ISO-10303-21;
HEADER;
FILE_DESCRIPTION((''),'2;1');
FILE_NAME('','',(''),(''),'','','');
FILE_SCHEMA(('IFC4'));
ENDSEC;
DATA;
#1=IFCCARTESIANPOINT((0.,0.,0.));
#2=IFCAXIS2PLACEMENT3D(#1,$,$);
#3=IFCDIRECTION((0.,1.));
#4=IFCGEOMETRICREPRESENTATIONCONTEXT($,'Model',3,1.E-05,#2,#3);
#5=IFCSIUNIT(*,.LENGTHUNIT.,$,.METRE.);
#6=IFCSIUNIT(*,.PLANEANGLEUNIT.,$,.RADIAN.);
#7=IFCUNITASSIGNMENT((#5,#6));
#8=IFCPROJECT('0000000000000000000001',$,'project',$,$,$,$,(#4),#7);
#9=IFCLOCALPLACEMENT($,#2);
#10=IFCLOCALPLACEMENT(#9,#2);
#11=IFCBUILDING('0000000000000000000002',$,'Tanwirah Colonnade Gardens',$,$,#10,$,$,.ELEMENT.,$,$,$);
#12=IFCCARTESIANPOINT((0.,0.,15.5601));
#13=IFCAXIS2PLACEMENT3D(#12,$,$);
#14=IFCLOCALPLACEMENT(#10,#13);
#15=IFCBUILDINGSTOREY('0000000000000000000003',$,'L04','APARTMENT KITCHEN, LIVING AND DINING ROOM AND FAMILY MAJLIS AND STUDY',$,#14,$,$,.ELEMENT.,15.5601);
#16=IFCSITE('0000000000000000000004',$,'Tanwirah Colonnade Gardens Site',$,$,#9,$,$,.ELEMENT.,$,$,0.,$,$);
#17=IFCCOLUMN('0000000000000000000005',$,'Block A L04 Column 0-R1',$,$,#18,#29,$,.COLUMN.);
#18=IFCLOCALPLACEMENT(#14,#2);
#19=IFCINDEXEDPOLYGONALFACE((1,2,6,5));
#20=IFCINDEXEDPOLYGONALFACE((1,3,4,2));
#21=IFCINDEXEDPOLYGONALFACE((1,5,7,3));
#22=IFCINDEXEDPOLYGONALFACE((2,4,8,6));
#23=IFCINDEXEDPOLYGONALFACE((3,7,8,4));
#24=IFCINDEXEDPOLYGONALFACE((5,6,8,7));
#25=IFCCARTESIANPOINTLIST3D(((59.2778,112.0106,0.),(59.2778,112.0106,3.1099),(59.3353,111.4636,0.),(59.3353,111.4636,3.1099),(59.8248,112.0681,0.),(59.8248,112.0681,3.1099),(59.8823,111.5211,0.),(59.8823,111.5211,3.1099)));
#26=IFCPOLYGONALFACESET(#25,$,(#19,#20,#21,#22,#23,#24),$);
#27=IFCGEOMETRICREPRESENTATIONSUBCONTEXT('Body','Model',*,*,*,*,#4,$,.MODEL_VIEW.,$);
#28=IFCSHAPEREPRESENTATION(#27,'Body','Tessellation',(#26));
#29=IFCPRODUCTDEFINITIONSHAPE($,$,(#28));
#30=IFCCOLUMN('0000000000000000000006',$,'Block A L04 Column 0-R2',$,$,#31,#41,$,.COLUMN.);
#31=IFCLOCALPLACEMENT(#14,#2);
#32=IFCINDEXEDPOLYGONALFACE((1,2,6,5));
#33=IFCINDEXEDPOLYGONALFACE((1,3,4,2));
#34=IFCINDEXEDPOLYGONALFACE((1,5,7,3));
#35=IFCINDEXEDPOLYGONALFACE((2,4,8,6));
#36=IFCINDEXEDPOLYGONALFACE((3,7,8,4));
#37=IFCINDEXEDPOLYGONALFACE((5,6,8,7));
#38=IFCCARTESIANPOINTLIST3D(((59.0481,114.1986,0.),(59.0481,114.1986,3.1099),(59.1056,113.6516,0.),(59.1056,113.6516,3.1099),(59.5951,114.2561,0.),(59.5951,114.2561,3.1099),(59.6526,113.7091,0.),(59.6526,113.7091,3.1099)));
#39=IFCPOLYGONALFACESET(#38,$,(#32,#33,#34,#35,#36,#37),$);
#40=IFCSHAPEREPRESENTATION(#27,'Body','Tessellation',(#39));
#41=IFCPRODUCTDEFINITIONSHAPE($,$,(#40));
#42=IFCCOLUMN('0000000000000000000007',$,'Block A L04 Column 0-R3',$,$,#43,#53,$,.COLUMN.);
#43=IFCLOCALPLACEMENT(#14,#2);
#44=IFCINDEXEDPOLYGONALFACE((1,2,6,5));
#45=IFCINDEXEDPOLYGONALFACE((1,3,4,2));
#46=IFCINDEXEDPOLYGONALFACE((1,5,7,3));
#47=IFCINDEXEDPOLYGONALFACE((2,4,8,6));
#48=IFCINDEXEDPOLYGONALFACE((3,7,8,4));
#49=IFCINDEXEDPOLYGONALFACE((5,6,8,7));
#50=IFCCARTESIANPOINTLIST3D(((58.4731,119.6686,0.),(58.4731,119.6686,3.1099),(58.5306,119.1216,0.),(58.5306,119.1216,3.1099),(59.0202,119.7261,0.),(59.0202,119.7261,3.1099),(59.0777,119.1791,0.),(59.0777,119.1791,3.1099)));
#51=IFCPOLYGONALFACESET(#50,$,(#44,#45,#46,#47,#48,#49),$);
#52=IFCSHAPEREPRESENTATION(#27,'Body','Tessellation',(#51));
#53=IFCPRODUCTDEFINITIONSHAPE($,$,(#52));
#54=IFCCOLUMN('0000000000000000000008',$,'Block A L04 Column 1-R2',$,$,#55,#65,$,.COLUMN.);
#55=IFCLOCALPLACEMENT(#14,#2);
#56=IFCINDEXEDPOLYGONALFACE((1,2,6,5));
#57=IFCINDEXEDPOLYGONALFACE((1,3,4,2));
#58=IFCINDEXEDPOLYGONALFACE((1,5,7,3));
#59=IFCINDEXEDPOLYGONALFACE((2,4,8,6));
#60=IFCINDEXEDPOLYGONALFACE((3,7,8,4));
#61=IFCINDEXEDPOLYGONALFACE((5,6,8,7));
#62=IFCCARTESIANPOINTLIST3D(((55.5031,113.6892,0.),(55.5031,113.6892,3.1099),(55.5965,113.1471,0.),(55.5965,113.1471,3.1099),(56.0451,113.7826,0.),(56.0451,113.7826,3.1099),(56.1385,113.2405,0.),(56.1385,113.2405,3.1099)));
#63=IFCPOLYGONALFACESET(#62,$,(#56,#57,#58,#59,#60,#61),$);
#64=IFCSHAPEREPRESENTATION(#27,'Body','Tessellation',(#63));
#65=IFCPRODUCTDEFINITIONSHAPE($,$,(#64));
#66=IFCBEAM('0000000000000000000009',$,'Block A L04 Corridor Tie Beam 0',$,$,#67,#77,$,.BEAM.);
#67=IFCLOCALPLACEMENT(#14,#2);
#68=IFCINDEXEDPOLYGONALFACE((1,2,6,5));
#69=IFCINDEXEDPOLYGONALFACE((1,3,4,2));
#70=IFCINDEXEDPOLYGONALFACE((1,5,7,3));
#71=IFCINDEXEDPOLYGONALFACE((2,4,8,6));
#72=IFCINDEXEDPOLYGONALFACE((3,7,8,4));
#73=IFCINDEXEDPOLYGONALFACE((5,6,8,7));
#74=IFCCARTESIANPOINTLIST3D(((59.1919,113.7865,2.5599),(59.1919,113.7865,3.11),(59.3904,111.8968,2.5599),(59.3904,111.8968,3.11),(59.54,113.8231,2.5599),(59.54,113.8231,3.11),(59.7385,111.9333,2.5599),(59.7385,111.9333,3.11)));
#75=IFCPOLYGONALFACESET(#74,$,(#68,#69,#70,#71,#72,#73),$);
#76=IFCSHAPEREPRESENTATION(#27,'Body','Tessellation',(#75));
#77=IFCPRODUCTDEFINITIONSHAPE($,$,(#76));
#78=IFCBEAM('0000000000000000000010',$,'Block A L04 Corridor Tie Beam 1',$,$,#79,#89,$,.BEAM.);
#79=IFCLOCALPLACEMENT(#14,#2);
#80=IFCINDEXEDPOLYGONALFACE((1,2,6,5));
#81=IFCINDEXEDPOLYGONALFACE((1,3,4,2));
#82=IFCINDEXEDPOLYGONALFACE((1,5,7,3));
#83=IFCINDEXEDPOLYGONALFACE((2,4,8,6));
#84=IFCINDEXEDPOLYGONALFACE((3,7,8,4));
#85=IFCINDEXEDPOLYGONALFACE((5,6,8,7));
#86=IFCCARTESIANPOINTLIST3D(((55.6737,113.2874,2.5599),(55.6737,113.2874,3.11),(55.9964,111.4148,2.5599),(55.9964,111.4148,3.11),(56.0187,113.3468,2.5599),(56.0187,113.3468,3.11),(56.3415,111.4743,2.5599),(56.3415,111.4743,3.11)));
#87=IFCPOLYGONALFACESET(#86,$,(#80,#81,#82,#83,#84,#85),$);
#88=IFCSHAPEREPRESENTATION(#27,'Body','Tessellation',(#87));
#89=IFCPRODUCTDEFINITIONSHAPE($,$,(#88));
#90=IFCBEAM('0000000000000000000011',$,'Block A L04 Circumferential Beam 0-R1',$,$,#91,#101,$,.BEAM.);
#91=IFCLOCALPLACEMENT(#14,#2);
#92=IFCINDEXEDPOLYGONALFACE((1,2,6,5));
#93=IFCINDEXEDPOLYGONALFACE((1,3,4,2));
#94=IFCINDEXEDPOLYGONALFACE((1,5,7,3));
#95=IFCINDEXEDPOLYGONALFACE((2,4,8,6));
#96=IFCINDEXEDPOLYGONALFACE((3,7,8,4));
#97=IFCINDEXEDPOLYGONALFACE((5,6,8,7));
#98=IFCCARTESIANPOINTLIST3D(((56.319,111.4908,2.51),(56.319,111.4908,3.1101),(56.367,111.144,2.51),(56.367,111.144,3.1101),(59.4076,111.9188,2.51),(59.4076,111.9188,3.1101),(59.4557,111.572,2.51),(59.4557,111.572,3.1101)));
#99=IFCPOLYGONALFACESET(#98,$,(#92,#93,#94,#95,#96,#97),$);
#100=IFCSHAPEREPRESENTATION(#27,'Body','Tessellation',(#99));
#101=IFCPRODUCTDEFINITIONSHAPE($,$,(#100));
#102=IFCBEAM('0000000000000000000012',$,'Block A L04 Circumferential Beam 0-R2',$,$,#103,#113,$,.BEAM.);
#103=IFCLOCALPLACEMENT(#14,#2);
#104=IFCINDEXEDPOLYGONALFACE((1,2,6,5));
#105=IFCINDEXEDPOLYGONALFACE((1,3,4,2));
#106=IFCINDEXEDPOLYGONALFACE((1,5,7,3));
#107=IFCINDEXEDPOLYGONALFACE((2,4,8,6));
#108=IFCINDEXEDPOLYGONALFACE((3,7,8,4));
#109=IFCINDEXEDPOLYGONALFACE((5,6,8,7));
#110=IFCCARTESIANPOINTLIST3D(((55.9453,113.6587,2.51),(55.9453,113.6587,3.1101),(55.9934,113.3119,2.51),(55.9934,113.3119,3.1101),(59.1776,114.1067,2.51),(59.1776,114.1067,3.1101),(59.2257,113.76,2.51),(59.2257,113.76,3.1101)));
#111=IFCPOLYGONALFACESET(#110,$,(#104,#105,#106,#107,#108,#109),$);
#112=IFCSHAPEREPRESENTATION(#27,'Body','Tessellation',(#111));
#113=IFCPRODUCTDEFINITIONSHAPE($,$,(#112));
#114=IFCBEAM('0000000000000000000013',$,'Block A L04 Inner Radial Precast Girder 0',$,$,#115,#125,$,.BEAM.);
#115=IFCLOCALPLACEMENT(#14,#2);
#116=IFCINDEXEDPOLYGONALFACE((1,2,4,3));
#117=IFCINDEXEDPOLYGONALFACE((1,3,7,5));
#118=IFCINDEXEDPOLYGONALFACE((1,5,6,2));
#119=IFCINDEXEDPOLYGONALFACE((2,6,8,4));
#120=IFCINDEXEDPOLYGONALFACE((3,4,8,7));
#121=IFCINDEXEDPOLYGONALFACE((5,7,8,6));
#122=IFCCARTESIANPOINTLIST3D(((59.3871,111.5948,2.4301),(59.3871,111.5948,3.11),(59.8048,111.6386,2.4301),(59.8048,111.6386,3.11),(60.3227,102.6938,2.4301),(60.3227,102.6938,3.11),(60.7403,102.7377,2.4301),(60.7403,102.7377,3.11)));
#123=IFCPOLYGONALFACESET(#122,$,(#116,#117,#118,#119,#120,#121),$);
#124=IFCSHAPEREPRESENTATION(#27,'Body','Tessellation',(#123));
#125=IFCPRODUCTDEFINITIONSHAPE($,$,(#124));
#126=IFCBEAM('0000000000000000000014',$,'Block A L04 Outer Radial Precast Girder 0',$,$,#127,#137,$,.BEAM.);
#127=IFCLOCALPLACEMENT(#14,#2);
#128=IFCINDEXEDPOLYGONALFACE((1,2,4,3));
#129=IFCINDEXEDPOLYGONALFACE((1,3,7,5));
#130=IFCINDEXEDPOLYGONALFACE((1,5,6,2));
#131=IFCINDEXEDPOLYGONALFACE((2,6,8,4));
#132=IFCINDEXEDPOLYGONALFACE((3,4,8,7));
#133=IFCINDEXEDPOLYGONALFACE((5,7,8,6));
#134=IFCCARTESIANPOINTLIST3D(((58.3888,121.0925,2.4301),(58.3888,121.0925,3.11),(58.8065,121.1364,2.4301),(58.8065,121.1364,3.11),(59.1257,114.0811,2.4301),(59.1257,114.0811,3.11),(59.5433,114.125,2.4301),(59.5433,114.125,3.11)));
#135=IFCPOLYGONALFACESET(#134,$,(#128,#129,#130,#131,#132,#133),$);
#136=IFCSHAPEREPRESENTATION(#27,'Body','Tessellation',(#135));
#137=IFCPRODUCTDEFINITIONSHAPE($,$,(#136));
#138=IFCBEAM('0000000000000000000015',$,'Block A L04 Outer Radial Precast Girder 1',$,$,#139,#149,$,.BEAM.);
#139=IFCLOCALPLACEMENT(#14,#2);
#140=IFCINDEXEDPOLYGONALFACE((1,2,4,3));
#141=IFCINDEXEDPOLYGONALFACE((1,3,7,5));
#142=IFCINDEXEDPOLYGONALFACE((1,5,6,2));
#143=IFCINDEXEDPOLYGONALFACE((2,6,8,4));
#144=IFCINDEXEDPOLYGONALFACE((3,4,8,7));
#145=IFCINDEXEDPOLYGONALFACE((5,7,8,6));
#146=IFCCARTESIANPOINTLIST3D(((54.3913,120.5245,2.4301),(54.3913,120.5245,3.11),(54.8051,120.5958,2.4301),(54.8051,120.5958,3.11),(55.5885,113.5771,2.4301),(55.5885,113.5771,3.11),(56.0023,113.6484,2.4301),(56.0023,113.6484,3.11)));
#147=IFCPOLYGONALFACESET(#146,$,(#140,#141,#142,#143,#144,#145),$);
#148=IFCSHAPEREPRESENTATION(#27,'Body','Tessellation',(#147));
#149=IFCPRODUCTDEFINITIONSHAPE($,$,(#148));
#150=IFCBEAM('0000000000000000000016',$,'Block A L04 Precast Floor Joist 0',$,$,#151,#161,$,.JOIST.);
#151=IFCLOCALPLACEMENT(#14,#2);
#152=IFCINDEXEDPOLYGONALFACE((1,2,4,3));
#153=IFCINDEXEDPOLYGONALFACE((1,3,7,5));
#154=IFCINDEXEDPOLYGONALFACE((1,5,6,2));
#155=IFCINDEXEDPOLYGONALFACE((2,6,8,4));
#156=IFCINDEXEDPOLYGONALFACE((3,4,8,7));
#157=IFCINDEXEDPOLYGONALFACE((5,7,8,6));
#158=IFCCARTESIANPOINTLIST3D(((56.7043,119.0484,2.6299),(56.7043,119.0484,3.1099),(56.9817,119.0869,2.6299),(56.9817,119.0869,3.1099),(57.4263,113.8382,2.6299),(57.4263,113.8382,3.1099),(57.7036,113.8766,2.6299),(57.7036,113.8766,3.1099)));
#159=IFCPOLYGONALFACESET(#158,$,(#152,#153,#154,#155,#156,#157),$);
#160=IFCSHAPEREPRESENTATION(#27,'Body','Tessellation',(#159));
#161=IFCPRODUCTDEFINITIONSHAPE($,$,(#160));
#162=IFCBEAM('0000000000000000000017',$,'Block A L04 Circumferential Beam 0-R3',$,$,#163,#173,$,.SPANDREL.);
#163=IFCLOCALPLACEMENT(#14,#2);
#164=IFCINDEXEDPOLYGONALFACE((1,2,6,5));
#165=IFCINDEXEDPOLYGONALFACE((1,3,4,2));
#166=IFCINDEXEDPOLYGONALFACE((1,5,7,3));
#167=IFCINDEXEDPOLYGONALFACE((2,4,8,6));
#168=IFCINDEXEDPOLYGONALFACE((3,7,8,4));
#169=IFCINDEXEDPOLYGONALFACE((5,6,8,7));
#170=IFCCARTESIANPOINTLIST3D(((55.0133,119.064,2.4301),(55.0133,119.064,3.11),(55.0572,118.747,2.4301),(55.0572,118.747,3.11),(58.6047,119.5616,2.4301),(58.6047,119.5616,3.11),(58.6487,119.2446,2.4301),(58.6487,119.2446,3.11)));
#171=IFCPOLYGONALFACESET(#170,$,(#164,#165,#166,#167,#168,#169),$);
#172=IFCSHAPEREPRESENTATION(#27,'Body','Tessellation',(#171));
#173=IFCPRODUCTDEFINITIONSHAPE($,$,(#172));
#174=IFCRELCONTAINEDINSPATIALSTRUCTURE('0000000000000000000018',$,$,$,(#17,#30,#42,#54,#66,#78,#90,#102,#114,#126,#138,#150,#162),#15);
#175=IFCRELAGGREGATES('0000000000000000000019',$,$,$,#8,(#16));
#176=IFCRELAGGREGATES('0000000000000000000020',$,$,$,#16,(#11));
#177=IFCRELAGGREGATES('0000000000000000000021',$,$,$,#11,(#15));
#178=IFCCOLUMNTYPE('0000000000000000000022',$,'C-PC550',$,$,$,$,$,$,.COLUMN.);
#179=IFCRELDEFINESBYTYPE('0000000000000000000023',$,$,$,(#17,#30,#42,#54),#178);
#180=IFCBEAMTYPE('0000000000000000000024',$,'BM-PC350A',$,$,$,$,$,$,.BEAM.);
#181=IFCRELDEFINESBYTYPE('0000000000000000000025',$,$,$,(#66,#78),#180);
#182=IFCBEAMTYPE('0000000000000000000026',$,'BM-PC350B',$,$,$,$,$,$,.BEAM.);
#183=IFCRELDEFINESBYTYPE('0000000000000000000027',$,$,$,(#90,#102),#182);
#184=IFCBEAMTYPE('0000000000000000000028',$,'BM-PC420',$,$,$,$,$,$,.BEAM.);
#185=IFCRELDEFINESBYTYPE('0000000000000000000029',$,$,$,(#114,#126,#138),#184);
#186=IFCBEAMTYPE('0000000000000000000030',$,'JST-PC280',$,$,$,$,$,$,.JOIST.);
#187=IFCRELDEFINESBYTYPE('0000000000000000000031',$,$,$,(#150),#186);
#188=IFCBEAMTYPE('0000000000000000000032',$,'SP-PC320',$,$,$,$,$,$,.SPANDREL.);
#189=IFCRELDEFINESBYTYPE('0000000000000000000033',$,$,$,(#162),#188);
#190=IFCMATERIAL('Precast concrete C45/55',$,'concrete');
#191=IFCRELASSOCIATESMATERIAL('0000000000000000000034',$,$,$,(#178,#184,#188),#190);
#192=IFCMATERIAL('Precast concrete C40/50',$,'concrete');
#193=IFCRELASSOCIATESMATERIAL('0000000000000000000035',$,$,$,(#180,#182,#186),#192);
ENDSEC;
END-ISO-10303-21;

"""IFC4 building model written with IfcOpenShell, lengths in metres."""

from ifc_helpers import new_model, si_unit, direction, frame, origin, origin_2d, place, context, subcontext, project, spatial, rectangle, extrude, material, material_profile, profile_set, type_object, element, save


model = new_model("IFC4")

# Units and contexts
model_context = context("Model", 3, precision=1e-05, world=origin(), true_north=direction((0.0, 1.0)))
body_context = subcontext(model_context, "Body", "Model", "MODEL_VIEW")
ifc_project = project(units=[si_unit("LENGTHUNIT", "METRE"), si_unit("PLANEANGLEUNIT", "RADIAN")], contexts=[model_context])

# Site, building, storey
site_placement = place(None, origin())
site = spatial("IfcSite", under=ifc_project, at=site_placement, Name="Tanwirah Colonnade Gardens Site", CompositionType="ELEMENT", RefElevation=0.0)
building_placement = place(site_placement, origin())
building = spatial("IfcBuilding", under=site, at=building_placement, Name="Tanwirah Colonnade Gardens", CompositionType="ELEMENT")
storey_placement = place(building_placement, frame((0.0, 0.0, 15.5601)))
storey = spatial("IfcBuildingStorey", under=building, at=storey_placement, Name="L04", Description="APARTMENT KITCHEN, LIVING AND DINING ROOM AND FAMILY MAJLIS AND STUDY", CompositionType="ELEMENT", Elevation=15.5601)

# Columns
ifc_material_1 = material(Name="Precast concrete C45/55", Category="concrete")
ifc_material_profile_1 = material_profile(ifc_material_1, rectangle(XDim=0.55, YDim=0.55, at=origin_2d()), Name="PC-COL 550x550")
ifc_profile_set_1 = profile_set([ifc_material_profile_1], Name="Precast concrete C45/55")
column_type = type_object("IfcColumnType", Name="C-PC550", PredefinedType="COLUMN", material=ifc_profile_set_1)
for number, where, z_axis, x_axis, name in (
    (1, (59.5801, 111.7659, 0.0), (0.0, 0.0, 1.0), (-0.104528, 0.994522, 0.0), "Block A L04 Column 0-R1"),
    (2, (59.3503, 113.9539, 0.0), (0.0, 0.0, 1.0), (-0.104528, 0.994522, 0.0), "Block A L04 Column 0-R2"),
    (3, (58.7754, 119.4238, 0.0), (0.0, 0.0, 1.0), (-0.104528, 0.994522, 0.0), "Block A L04 Column 0-R3"),
    (4, (55.8208, 113.4648, 0.0), (0.0, 0.0, 1.0), (-0.169827, 0.985474, 0.0), "Block A L04 Column 1-R2"),
):
    element("IfcColumn", number, at=place(storey_placement, frame(where, z_axis=z_axis, x_axis=x_axis)), inside=storey, type_object=column_type, Name=name, PredefinedType="COLUMN", context=body_context, shape_type="SweptSolid", body=[
        extrude(rectangle(XDim=0.55, YDim=0.55, at=origin_2d()), origin(), (0.0, 0.0, 1.0), 3.1099),
    ])

# Beams
ifc_material_2 = material(Name="Precast concrete C40/50", Category="concrete")
ifc_material_profile_2 = material_profile(ifc_material_2, rectangle(XDim=0.3501, YDim=0.55, at=origin_2d()), Name="PC-BM 350x550")
ifc_profile_set_2 = profile_set([ifc_material_profile_2], Name="Precast concrete C40/50")
beam_type_1 = type_object("IfcBeamType", Name="BM-PC350A", PredefinedType="BEAM", material=ifc_profile_set_2)
for number, where, z_axis, x_axis, name in (
    (5, (59.5645, 111.915, 2.835), (-0.104464, 0.994529, 0.0), (-0.994529, -0.104464, 0.0), "Block A L04 Corridor Tie Beam 0"),
    (6, (56.1689, 111.4446, 2.835), (-0.169855, 0.985469, 0.0), (-0.985469, -0.169855, 0.0), "Block A L04 Corridor Tie Beam 1"),
):
    element("IfcBeam", number, at=place(storey_placement, frame(where, z_axis=z_axis, x_axis=x_axis)), inside=storey, type_object=beam_type_1, Name=name, PredefinedType="BEAM", context=body_context, shape_type="SweptSolid", body=[
        extrude(rectangle(XDim=0.3501, YDim=0.55, at=origin_2d()), origin(), (0.0, 0.0, 1.0), 1.9001),
    ])
ifc_material_profile_3 = material_profile(ifc_material_2, rectangle(XDim=0.3501, YDim=0.6001, at=origin_2d()), Name="PC-BM 350x600")
ifc_profile_set_3 = profile_set([ifc_material_profile_3], Name="Precast concrete C40/50")
beam_type_2 = type_object("IfcBeamType", Name="BM-PC350B", PredefinedType="BEAM", material=ifc_profile_set_3)
beam_1_placement = place(storey_placement, frame((59.4316, 111.7454, 2.8101), z_axis=(-0.990536, -0.137255, 0.0), x_axis=(0.137255, -0.990536, 0.0)))
element("IfcBeam", 7, at=beam_1_placement, inside=storey, type_object=beam_type_2, Name="Block A L04 Circumferential Beam 0-R1", PredefinedType="BEAM", context=body_context, shape_type="SweptSolid", body=[
    extrude(rectangle(XDim=0.3501, YDim=0.6001, at=origin_2d()), origin(), (0.0, 0.0, 1.0), 3.1182),
])
beam_2_placement = place(storey_placement, frame((59.2017, 113.9333, 2.8101), z_axis=(-0.99053, -0.137293, 0.0), x_axis=(0.137293, -0.99053, 0.0)))
element("IfcBeam", 8, at=beam_2_placement, inside=storey, type_object=beam_type_2, Name="Block A L04 Circumferential Beam 0-R2", PredefinedType="BEAM", context=body_context, shape_type="SweptSolid", body=[
    extrude(rectangle(XDim=0.3501, YDim=0.6001, at=origin_2d()), origin(), (0.0, 0.0, 1.0), 3.2632),
])
ifc_material_profile_4 = material_profile(ifc_material_1, rectangle(XDim=0.4199, YDim=0.6799, at=origin_2d()), Name="PC-BM 420x680")
ifc_profile_set_4 = profile_set([ifc_material_profile_4], Name="Precast concrete C45/55")
beam_type_3 = type_object("IfcBeamType", Name="BM-PC420", PredefinedType="BEAM", material=ifc_profile_set_4)
beam_3_placement = place(storey_placement, frame((59.5959, 111.6167, 2.77), z_axis=(0.104531, -0.994522, 0.0), x_axis=(0.994522, 0.104531, 0.0)))
element("IfcBeam", 9, at=beam_3_placement, inside=storey, type_object=beam_type_3, Name="Block A L04 Inner Radial Precast Girder 0", PredefinedType="BEAM", context=body_context, shape_type="SweptSolid", body=[
    extrude(rectangle(XDim=0.4199, YDim=0.6799, at=origin_2d()), origin(), (0.0, 0.0, 1.0), 8.95),
])
beam_4_placement = place(storey_placement, frame((59.3345, 114.103, 2.77), z_axis=(-0.104512, 0.994524, 0.0), x_axis=(-0.994524, -0.104512, 0.0)))
element("IfcBeam", 10, at=beam_4_placement, inside=storey, type_object=beam_type_3, Name="Block A L04 Outer Radial Precast Girder 0", PredefinedType="BEAM", context=body_context, shape_type="SweptSolid", body=[
    extrude(rectangle(XDim=0.4199, YDim=0.6799, at=origin_2d()), origin(), (0.0, 0.0, 1.0), 7.05),
])
beam_5_placement = place(storey_placement, frame((55.7954, 113.6128, 2.77), z_axis=(-0.169827, 0.985474, 0.0), x_axis=(-0.985474, -0.169827, 0.0)))
element("IfcBeam", 11, at=beam_5_placement, inside=storey, type_object=beam_type_3, Name="Block A L04 Outer Radial Precast Girder 1", PredefinedType="BEAM", context=body_context, shape_type="SweptSolid", body=[
    extrude(rectangle(XDim=0.4199, YDim=0.6799, at=origin_2d()), origin(), (0.0, 0.0, 1.0), 7.0498),
])
ifc_material_profile_5 = material_profile(ifc_material_2, rectangle(XDim=0.28, YDim=0.48, at=origin_2d()), Name="PC-JST 280x480")
ifc_profile_set_5 = profile_set([ifc_material_profile_5], Name="Precast concrete C40/50")
beam_type_4 = type_object("IfcBeamType", Name="JST-PC280", PredefinedType="JOIST", material=ifc_profile_set_5)
beam_6_placement = place(storey_placement, frame((57.5649, 113.8574, 2.8699), z_axis=(-0.137248, 0.990537, 0.0), x_axis=(-0.990537, -0.137248, 0.0)))
element("IfcBeam", 12, at=beam_6_placement, inside=storey, type_object=beam_type_4, Name="Block A L04 Precast Floor Joist 0", PredefinedType="JOIST", context=body_context, shape_type="SweptSolid", body=[
    extrude(rectangle(XDim=0.28, YDim=0.48, at=origin_2d()), origin(), (0.0, 0.0, 1.0), 5.26),
])
ifc_material_profile_6 = material_profile(ifc_material_1, rectangle(XDim=0.3201, YDim=0.6799, at=origin_2d()), Name="PC-SP 320x680")
ifc_profile_set_6 = profile_set([ifc_material_profile_6], Name="Precast concrete C45/55")
beam_type_5 = type_object("IfcBeamType", Name="SP-PC320", PredefinedType="SPANDREL", material=ifc_profile_set_6)
beam_7_placement = place(storey_placement, frame((58.6267, 119.4031, 2.77), z_axis=(-0.990539, -0.137234, 0.0), x_axis=(0.137234, -0.990539, 0.0)))
element("IfcBeam", 13, at=beam_7_placement, inside=storey, type_object=beam_type_5, Name="Block A L04 Circumferential Beam 0-R3", PredefinedType="SPANDREL", context=body_context, shape_type="SweptSolid", body=[
    extrude(rectangle(XDim=0.3201, YDim=0.6799, at=origin_2d()), origin(), (0.0, 0.0, 1.0), 3.6257),
])

save(model, "model.ifc")
